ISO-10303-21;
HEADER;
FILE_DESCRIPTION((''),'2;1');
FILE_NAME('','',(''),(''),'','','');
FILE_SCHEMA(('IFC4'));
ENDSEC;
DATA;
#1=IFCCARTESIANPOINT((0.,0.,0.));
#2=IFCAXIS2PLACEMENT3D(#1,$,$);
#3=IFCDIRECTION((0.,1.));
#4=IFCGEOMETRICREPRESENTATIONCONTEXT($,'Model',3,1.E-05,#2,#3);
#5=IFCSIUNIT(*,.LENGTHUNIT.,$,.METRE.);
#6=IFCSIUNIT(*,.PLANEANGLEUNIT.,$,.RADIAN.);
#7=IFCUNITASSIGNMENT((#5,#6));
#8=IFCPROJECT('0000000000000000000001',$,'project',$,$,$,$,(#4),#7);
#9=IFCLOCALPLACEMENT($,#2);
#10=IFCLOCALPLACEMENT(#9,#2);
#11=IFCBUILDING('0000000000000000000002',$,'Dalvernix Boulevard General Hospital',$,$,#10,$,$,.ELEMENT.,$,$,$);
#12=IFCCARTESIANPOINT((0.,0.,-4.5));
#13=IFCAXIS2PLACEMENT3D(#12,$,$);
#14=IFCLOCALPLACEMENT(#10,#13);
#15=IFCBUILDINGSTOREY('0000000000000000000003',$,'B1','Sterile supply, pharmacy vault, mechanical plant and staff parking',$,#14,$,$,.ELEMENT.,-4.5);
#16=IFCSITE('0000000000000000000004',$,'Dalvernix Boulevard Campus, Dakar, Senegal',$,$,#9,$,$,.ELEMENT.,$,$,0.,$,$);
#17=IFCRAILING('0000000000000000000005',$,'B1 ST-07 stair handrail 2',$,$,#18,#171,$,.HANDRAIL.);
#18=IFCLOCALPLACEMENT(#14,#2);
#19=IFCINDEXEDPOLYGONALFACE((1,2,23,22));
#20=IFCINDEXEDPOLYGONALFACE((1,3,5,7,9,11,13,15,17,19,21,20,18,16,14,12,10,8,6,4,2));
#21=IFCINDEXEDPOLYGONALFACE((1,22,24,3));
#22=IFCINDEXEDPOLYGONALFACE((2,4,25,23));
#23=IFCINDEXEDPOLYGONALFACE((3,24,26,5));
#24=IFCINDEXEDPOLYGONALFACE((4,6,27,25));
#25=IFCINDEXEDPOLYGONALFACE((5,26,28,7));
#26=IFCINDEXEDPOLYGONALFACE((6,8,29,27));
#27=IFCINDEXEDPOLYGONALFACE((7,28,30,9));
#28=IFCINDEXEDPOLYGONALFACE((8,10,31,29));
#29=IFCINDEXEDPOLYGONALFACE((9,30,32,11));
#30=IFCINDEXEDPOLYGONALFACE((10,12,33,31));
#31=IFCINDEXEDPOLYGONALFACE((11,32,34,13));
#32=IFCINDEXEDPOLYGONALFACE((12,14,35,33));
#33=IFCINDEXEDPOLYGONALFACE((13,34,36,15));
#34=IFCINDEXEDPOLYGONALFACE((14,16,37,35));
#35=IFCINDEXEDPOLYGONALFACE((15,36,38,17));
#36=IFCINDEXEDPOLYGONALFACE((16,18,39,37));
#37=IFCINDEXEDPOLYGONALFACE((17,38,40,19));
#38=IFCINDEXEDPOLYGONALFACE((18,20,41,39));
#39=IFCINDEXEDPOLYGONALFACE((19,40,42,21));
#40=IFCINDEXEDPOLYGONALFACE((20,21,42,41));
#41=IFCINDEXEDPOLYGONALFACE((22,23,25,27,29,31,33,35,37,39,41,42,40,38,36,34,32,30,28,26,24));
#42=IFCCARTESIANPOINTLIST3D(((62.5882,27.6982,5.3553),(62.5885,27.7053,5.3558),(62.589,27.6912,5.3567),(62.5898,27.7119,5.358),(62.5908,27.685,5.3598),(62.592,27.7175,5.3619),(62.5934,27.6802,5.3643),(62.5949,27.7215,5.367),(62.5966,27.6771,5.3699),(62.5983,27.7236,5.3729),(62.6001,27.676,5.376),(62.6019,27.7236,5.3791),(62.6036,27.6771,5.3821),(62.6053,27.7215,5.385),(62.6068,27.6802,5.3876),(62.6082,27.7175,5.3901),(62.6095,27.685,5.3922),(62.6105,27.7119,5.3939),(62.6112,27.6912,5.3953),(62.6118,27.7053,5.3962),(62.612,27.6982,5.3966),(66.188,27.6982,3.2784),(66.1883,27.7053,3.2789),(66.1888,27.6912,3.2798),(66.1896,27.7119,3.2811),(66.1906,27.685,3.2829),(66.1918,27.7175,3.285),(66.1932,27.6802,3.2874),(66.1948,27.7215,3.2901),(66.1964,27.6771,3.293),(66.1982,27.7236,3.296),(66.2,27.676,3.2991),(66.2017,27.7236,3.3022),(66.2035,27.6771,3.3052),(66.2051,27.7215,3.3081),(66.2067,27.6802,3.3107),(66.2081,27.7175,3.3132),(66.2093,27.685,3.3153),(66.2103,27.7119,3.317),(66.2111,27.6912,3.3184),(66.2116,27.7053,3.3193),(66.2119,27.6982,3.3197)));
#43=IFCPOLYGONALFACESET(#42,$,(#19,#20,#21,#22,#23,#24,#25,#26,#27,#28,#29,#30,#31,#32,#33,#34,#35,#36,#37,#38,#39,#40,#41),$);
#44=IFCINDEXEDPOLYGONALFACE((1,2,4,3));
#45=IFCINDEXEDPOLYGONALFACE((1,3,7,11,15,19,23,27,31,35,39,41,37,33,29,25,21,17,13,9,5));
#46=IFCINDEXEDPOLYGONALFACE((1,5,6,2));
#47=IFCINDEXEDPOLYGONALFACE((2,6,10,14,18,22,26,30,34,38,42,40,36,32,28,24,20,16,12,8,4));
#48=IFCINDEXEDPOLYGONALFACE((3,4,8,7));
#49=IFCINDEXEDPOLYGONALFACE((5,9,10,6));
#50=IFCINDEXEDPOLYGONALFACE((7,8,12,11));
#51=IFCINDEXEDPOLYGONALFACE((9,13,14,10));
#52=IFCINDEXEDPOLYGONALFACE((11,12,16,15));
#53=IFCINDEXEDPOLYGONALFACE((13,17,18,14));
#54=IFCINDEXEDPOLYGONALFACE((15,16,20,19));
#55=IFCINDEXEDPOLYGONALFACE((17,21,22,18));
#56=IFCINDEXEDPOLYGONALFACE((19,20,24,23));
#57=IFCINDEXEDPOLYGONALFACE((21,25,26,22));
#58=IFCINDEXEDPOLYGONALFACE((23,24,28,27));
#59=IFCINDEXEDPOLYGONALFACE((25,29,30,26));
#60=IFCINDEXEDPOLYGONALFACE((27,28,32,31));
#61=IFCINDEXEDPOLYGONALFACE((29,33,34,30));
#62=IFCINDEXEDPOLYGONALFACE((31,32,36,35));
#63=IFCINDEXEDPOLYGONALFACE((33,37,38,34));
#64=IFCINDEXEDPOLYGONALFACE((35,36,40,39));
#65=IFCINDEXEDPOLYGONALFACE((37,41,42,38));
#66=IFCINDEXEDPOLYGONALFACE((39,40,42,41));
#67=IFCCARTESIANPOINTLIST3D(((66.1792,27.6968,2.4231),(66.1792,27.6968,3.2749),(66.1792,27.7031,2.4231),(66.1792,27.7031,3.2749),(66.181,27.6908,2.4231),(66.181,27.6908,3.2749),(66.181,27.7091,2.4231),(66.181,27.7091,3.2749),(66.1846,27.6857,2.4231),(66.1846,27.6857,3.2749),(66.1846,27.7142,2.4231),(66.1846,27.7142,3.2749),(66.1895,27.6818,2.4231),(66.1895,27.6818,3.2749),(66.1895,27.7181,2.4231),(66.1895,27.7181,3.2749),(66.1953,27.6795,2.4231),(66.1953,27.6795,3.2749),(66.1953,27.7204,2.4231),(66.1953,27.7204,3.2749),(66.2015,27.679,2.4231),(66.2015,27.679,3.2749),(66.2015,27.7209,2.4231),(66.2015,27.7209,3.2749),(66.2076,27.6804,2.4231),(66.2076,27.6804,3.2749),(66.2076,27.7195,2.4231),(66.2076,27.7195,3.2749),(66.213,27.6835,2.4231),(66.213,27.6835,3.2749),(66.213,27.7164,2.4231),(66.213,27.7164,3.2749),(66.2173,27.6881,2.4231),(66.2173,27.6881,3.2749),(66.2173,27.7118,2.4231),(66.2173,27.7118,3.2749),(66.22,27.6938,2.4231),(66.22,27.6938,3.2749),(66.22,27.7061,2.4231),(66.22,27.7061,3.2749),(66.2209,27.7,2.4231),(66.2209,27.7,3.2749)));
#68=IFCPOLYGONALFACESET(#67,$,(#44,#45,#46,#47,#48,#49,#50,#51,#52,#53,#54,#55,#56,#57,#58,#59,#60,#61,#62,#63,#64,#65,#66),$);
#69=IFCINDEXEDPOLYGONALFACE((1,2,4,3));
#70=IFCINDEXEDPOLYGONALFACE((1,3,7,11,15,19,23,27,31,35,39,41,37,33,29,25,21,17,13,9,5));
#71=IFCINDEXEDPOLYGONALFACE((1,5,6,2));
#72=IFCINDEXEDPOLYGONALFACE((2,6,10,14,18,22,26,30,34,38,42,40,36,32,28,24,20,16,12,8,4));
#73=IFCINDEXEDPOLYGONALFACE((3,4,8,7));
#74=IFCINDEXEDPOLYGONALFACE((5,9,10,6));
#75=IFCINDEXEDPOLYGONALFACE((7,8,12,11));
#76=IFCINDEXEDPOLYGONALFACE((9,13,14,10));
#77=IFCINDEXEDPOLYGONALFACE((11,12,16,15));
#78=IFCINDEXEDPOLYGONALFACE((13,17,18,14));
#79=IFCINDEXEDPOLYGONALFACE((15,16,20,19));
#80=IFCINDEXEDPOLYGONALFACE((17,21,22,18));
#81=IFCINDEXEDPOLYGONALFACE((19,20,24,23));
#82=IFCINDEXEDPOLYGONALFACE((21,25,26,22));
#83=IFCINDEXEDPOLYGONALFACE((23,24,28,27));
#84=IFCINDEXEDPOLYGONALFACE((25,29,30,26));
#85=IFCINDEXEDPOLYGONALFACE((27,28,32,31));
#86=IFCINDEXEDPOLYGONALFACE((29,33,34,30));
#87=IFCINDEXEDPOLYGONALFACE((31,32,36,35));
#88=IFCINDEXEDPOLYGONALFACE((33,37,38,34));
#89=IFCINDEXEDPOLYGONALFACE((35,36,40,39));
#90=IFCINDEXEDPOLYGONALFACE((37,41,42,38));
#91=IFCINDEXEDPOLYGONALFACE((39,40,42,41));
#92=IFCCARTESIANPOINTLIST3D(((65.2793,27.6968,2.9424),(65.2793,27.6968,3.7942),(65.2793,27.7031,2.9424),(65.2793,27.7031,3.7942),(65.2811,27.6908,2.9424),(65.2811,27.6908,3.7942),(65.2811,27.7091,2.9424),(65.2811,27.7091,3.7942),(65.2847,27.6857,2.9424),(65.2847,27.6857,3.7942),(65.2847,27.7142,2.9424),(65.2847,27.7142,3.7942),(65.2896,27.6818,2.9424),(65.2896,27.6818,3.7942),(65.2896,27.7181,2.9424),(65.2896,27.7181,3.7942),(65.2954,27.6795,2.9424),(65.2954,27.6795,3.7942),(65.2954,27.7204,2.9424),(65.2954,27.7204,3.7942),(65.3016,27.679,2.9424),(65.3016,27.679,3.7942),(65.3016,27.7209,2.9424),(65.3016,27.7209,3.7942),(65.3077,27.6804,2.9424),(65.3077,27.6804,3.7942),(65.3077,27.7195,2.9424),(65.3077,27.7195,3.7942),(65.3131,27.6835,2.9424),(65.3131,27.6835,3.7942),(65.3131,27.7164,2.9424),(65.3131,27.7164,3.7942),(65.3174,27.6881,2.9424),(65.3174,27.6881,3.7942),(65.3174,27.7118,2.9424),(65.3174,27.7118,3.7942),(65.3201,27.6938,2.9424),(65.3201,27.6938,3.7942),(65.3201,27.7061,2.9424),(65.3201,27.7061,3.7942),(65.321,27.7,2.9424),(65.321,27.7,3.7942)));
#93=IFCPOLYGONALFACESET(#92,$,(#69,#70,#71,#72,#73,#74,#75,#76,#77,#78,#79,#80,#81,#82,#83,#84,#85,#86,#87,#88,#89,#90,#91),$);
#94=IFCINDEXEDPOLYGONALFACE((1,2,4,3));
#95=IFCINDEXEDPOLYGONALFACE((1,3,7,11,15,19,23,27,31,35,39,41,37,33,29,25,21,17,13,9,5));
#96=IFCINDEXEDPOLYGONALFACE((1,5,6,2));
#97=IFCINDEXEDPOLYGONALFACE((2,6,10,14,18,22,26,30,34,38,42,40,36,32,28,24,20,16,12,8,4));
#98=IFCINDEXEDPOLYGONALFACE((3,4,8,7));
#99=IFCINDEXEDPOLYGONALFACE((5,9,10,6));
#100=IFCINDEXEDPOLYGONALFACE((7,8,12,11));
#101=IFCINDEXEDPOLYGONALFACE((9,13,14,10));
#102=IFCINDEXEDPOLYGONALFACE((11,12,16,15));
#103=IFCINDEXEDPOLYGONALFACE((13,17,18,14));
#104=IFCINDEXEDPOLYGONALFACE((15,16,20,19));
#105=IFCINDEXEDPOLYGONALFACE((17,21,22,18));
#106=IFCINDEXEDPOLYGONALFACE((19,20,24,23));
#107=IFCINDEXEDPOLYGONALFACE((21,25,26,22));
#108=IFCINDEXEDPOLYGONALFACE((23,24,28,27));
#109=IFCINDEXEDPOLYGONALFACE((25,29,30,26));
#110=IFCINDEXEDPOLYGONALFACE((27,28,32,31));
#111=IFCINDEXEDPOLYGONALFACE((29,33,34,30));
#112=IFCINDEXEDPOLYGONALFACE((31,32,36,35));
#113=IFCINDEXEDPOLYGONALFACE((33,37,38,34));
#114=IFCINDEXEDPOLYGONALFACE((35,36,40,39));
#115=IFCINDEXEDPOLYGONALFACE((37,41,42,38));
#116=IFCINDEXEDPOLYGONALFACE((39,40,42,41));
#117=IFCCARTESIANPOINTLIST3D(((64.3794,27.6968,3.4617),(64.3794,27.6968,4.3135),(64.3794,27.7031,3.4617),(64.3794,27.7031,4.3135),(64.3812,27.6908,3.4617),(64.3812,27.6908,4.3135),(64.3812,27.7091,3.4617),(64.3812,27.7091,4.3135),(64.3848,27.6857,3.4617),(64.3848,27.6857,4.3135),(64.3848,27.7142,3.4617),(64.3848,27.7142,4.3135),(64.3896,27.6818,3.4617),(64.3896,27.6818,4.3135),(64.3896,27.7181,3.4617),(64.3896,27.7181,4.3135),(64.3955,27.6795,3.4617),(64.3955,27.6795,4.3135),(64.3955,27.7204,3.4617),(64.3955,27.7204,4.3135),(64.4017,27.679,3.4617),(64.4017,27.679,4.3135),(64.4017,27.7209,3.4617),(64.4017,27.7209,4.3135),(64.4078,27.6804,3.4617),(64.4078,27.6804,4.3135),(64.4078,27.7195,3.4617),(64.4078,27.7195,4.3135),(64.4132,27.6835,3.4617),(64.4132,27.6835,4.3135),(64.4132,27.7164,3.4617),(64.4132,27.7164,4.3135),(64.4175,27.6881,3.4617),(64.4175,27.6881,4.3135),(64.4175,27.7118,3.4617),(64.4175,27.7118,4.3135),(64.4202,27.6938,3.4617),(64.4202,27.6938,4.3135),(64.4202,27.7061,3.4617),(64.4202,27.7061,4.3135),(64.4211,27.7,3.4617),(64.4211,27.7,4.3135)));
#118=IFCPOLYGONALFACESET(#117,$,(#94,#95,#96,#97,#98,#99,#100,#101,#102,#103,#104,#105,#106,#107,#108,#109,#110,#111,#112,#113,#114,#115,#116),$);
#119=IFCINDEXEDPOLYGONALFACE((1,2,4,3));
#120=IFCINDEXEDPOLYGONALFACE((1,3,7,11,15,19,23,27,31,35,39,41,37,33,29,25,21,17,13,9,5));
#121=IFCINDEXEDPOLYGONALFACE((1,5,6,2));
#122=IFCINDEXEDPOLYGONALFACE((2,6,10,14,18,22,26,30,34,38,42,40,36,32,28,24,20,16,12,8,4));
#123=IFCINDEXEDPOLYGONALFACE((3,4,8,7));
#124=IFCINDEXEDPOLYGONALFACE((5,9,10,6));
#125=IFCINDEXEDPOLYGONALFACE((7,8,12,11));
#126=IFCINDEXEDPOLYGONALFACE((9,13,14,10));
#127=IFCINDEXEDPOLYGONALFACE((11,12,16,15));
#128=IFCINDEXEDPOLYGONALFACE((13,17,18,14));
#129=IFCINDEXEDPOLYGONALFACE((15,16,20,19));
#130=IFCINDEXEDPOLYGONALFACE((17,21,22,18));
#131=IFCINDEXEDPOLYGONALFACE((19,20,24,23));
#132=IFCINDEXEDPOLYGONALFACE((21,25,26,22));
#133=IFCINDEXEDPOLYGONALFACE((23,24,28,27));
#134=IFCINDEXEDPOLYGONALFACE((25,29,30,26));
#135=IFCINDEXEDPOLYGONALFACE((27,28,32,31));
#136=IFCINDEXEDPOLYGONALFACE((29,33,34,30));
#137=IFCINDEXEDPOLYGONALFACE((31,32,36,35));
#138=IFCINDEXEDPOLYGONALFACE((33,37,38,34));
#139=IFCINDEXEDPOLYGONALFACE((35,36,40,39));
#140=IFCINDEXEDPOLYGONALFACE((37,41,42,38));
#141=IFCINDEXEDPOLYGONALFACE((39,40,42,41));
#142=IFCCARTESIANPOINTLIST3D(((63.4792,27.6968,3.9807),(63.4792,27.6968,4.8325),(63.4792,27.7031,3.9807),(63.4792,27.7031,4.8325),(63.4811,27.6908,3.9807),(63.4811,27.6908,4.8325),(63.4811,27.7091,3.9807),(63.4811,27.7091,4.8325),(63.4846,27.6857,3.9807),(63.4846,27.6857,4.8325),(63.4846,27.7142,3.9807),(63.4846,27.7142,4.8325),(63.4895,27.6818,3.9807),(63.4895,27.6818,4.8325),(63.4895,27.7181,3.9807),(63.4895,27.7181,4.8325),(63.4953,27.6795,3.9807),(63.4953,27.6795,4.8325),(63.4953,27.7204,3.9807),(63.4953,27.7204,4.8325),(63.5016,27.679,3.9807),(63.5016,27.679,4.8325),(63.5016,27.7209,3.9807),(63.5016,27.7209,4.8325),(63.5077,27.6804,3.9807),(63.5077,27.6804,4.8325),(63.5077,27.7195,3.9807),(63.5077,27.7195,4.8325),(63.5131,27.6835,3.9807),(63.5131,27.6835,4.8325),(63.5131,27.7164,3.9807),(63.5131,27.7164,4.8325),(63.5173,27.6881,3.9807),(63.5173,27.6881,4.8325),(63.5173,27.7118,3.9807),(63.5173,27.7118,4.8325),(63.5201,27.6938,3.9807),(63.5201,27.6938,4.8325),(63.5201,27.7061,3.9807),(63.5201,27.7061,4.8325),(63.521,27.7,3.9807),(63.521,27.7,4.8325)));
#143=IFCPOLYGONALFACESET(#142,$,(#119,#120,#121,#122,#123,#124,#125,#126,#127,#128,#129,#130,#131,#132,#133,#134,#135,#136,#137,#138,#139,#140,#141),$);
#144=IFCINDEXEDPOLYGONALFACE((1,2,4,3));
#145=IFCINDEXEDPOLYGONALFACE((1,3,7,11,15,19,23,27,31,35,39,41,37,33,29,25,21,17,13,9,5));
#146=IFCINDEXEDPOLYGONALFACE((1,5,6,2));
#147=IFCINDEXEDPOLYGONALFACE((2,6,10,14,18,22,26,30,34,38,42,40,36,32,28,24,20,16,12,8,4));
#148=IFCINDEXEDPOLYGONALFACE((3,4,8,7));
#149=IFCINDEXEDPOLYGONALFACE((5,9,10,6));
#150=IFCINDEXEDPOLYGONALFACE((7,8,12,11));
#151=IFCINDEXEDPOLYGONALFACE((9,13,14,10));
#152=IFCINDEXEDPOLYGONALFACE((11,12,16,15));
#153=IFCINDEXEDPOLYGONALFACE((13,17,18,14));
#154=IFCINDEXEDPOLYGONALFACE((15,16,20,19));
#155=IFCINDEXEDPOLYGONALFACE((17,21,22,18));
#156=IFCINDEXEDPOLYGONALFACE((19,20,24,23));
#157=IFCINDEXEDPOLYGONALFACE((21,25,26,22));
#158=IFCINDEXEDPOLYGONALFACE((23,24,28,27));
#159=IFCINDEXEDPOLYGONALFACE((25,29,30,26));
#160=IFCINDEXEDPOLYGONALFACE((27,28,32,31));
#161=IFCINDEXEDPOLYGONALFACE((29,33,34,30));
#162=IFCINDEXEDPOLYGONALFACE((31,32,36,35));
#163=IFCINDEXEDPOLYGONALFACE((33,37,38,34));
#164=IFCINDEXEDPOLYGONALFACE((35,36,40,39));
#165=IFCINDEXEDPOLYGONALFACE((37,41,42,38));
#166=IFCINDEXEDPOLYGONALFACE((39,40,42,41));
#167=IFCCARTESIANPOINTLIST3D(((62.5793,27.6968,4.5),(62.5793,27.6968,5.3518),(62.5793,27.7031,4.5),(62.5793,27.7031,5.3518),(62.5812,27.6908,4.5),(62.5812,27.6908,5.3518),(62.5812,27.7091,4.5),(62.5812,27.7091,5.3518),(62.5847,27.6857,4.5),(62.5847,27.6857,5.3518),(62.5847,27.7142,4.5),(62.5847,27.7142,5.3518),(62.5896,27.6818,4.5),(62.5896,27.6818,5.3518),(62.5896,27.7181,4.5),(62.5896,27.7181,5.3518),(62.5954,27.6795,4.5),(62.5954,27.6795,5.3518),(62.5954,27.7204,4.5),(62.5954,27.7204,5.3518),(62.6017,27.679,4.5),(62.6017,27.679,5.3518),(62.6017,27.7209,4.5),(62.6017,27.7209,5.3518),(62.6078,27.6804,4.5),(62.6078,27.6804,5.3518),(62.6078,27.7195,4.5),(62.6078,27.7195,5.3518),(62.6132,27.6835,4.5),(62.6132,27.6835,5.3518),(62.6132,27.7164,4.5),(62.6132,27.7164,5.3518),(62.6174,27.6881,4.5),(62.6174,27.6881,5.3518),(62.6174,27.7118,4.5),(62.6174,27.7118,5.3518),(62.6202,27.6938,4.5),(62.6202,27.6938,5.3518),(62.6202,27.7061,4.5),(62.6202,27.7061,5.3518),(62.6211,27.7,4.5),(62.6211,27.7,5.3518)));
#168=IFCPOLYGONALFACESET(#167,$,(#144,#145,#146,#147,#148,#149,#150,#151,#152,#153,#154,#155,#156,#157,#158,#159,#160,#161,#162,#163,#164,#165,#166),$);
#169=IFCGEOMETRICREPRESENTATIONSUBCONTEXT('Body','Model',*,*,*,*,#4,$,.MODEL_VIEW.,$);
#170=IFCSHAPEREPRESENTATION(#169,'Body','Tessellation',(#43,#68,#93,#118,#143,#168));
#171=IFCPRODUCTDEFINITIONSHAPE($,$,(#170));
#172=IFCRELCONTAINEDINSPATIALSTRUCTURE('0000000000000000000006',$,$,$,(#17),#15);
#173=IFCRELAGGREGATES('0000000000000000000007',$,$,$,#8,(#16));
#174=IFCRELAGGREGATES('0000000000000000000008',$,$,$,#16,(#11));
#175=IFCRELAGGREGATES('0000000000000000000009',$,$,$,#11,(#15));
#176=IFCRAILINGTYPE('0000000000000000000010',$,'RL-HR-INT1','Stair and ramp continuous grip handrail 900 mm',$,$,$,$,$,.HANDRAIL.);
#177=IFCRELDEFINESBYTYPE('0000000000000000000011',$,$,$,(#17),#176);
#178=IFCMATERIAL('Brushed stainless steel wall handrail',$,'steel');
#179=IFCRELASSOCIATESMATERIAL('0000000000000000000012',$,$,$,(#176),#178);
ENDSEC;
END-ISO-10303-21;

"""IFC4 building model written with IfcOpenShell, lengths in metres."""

from ifc_helpers import new_model, si_unit, direction, frame, origin, origin_2d, place, context, subcontext, project, spatial, circle, extrude, material, type_object, element, save


model = new_model("IFC4")

# Units and contexts
model_context = context("Model", 3, precision=1e-05, world=origin(), true_north=direction((0.0, 1.0)))
body_context = subcontext(model_context, "Body", "Model", "MODEL_VIEW")
ifc_project = project(units=[si_unit("LENGTHUNIT", "METRE"), si_unit("PLANEANGLEUNIT", "RADIAN")], contexts=[model_context])

# Site, building, storey
site_placement = place(None, origin())
site = spatial("IfcSite", under=ifc_project, at=site_placement, Name="Dalvernix Boulevard Campus, Dakar, Senegal", CompositionType="ELEMENT", RefElevation=0.0)
building_placement = place(site_placement, origin())
building = spatial("IfcBuilding", under=site, at=building_placement, Name="Dalvernix Boulevard General Hospital", CompositionType="ELEMENT")
storey_placement = place(building_placement, frame((0.0, 0.0, -4.5)))
storey = spatial("IfcBuildingStorey", under=building, at=storey_placement, Name="B1", Description="Sterile supply, pharmacy vault, mechanical plant and staff parking", CompositionType="ELEMENT", Elevation=-4.5)

# Railing
ifc_material_1 = material(Name="Brushed stainless steel wall handrail", Category="steel")
railing_type_1 = type_object("IfcRailingType", Name="RL-HR-INT1", Description="Stair and ramp continuous grip handrail 900 mm", PredefinedType="HANDRAIL", material=ifc_material_1)
railing_1_placement = place(storey_placement, frame((66.2, 27.7, 2.4231)))
element("IfcRailing", 1, at=railing_1_placement, inside=storey, type_object=railing_type_1, Name="B1 ST-07 stair handrail 2", PredefinedType="HANDRAIL", context=body_context, shape_type="SweptSolid", body=[
    extrude(circle(Radius=0.0239, at=origin_2d()), frame((0.0, 0.0, 0.876), z_axis=(-0.866179, 0.0, 0.499734), x_axis=(0.0, -1.0, 0.0)), (0.0, 0.0, 1.0), 4.156),
    extrude(circle(Radius=0.021, at=origin_2d()), origin(), (0.0, 0.0, 1.0), 0.8518),
    extrude(circle(Radius=0.021, at=origin_2d()), frame((-0.8999, 0.0, 0.5193)), (0.0, 0.0, 1.0), 0.8518),
    extrude(circle(Radius=0.021, at=origin_2d()), frame((-1.7998, 0.0, 1.0386)), (0.0, 0.0, 1.0), 0.8518),
    extrude(circle(Radius=0.021, at=origin_2d()), frame((-2.7, 0.0, 1.5576)), (0.0, 0.0, 1.0), 0.8518),
    extrude(circle(Radius=0.021, at=origin_2d()), frame((-3.5999, 0.0, 2.0769)), (0.0, 0.0, 1.0), 0.8518),
])

save(model, "model.ifc")
